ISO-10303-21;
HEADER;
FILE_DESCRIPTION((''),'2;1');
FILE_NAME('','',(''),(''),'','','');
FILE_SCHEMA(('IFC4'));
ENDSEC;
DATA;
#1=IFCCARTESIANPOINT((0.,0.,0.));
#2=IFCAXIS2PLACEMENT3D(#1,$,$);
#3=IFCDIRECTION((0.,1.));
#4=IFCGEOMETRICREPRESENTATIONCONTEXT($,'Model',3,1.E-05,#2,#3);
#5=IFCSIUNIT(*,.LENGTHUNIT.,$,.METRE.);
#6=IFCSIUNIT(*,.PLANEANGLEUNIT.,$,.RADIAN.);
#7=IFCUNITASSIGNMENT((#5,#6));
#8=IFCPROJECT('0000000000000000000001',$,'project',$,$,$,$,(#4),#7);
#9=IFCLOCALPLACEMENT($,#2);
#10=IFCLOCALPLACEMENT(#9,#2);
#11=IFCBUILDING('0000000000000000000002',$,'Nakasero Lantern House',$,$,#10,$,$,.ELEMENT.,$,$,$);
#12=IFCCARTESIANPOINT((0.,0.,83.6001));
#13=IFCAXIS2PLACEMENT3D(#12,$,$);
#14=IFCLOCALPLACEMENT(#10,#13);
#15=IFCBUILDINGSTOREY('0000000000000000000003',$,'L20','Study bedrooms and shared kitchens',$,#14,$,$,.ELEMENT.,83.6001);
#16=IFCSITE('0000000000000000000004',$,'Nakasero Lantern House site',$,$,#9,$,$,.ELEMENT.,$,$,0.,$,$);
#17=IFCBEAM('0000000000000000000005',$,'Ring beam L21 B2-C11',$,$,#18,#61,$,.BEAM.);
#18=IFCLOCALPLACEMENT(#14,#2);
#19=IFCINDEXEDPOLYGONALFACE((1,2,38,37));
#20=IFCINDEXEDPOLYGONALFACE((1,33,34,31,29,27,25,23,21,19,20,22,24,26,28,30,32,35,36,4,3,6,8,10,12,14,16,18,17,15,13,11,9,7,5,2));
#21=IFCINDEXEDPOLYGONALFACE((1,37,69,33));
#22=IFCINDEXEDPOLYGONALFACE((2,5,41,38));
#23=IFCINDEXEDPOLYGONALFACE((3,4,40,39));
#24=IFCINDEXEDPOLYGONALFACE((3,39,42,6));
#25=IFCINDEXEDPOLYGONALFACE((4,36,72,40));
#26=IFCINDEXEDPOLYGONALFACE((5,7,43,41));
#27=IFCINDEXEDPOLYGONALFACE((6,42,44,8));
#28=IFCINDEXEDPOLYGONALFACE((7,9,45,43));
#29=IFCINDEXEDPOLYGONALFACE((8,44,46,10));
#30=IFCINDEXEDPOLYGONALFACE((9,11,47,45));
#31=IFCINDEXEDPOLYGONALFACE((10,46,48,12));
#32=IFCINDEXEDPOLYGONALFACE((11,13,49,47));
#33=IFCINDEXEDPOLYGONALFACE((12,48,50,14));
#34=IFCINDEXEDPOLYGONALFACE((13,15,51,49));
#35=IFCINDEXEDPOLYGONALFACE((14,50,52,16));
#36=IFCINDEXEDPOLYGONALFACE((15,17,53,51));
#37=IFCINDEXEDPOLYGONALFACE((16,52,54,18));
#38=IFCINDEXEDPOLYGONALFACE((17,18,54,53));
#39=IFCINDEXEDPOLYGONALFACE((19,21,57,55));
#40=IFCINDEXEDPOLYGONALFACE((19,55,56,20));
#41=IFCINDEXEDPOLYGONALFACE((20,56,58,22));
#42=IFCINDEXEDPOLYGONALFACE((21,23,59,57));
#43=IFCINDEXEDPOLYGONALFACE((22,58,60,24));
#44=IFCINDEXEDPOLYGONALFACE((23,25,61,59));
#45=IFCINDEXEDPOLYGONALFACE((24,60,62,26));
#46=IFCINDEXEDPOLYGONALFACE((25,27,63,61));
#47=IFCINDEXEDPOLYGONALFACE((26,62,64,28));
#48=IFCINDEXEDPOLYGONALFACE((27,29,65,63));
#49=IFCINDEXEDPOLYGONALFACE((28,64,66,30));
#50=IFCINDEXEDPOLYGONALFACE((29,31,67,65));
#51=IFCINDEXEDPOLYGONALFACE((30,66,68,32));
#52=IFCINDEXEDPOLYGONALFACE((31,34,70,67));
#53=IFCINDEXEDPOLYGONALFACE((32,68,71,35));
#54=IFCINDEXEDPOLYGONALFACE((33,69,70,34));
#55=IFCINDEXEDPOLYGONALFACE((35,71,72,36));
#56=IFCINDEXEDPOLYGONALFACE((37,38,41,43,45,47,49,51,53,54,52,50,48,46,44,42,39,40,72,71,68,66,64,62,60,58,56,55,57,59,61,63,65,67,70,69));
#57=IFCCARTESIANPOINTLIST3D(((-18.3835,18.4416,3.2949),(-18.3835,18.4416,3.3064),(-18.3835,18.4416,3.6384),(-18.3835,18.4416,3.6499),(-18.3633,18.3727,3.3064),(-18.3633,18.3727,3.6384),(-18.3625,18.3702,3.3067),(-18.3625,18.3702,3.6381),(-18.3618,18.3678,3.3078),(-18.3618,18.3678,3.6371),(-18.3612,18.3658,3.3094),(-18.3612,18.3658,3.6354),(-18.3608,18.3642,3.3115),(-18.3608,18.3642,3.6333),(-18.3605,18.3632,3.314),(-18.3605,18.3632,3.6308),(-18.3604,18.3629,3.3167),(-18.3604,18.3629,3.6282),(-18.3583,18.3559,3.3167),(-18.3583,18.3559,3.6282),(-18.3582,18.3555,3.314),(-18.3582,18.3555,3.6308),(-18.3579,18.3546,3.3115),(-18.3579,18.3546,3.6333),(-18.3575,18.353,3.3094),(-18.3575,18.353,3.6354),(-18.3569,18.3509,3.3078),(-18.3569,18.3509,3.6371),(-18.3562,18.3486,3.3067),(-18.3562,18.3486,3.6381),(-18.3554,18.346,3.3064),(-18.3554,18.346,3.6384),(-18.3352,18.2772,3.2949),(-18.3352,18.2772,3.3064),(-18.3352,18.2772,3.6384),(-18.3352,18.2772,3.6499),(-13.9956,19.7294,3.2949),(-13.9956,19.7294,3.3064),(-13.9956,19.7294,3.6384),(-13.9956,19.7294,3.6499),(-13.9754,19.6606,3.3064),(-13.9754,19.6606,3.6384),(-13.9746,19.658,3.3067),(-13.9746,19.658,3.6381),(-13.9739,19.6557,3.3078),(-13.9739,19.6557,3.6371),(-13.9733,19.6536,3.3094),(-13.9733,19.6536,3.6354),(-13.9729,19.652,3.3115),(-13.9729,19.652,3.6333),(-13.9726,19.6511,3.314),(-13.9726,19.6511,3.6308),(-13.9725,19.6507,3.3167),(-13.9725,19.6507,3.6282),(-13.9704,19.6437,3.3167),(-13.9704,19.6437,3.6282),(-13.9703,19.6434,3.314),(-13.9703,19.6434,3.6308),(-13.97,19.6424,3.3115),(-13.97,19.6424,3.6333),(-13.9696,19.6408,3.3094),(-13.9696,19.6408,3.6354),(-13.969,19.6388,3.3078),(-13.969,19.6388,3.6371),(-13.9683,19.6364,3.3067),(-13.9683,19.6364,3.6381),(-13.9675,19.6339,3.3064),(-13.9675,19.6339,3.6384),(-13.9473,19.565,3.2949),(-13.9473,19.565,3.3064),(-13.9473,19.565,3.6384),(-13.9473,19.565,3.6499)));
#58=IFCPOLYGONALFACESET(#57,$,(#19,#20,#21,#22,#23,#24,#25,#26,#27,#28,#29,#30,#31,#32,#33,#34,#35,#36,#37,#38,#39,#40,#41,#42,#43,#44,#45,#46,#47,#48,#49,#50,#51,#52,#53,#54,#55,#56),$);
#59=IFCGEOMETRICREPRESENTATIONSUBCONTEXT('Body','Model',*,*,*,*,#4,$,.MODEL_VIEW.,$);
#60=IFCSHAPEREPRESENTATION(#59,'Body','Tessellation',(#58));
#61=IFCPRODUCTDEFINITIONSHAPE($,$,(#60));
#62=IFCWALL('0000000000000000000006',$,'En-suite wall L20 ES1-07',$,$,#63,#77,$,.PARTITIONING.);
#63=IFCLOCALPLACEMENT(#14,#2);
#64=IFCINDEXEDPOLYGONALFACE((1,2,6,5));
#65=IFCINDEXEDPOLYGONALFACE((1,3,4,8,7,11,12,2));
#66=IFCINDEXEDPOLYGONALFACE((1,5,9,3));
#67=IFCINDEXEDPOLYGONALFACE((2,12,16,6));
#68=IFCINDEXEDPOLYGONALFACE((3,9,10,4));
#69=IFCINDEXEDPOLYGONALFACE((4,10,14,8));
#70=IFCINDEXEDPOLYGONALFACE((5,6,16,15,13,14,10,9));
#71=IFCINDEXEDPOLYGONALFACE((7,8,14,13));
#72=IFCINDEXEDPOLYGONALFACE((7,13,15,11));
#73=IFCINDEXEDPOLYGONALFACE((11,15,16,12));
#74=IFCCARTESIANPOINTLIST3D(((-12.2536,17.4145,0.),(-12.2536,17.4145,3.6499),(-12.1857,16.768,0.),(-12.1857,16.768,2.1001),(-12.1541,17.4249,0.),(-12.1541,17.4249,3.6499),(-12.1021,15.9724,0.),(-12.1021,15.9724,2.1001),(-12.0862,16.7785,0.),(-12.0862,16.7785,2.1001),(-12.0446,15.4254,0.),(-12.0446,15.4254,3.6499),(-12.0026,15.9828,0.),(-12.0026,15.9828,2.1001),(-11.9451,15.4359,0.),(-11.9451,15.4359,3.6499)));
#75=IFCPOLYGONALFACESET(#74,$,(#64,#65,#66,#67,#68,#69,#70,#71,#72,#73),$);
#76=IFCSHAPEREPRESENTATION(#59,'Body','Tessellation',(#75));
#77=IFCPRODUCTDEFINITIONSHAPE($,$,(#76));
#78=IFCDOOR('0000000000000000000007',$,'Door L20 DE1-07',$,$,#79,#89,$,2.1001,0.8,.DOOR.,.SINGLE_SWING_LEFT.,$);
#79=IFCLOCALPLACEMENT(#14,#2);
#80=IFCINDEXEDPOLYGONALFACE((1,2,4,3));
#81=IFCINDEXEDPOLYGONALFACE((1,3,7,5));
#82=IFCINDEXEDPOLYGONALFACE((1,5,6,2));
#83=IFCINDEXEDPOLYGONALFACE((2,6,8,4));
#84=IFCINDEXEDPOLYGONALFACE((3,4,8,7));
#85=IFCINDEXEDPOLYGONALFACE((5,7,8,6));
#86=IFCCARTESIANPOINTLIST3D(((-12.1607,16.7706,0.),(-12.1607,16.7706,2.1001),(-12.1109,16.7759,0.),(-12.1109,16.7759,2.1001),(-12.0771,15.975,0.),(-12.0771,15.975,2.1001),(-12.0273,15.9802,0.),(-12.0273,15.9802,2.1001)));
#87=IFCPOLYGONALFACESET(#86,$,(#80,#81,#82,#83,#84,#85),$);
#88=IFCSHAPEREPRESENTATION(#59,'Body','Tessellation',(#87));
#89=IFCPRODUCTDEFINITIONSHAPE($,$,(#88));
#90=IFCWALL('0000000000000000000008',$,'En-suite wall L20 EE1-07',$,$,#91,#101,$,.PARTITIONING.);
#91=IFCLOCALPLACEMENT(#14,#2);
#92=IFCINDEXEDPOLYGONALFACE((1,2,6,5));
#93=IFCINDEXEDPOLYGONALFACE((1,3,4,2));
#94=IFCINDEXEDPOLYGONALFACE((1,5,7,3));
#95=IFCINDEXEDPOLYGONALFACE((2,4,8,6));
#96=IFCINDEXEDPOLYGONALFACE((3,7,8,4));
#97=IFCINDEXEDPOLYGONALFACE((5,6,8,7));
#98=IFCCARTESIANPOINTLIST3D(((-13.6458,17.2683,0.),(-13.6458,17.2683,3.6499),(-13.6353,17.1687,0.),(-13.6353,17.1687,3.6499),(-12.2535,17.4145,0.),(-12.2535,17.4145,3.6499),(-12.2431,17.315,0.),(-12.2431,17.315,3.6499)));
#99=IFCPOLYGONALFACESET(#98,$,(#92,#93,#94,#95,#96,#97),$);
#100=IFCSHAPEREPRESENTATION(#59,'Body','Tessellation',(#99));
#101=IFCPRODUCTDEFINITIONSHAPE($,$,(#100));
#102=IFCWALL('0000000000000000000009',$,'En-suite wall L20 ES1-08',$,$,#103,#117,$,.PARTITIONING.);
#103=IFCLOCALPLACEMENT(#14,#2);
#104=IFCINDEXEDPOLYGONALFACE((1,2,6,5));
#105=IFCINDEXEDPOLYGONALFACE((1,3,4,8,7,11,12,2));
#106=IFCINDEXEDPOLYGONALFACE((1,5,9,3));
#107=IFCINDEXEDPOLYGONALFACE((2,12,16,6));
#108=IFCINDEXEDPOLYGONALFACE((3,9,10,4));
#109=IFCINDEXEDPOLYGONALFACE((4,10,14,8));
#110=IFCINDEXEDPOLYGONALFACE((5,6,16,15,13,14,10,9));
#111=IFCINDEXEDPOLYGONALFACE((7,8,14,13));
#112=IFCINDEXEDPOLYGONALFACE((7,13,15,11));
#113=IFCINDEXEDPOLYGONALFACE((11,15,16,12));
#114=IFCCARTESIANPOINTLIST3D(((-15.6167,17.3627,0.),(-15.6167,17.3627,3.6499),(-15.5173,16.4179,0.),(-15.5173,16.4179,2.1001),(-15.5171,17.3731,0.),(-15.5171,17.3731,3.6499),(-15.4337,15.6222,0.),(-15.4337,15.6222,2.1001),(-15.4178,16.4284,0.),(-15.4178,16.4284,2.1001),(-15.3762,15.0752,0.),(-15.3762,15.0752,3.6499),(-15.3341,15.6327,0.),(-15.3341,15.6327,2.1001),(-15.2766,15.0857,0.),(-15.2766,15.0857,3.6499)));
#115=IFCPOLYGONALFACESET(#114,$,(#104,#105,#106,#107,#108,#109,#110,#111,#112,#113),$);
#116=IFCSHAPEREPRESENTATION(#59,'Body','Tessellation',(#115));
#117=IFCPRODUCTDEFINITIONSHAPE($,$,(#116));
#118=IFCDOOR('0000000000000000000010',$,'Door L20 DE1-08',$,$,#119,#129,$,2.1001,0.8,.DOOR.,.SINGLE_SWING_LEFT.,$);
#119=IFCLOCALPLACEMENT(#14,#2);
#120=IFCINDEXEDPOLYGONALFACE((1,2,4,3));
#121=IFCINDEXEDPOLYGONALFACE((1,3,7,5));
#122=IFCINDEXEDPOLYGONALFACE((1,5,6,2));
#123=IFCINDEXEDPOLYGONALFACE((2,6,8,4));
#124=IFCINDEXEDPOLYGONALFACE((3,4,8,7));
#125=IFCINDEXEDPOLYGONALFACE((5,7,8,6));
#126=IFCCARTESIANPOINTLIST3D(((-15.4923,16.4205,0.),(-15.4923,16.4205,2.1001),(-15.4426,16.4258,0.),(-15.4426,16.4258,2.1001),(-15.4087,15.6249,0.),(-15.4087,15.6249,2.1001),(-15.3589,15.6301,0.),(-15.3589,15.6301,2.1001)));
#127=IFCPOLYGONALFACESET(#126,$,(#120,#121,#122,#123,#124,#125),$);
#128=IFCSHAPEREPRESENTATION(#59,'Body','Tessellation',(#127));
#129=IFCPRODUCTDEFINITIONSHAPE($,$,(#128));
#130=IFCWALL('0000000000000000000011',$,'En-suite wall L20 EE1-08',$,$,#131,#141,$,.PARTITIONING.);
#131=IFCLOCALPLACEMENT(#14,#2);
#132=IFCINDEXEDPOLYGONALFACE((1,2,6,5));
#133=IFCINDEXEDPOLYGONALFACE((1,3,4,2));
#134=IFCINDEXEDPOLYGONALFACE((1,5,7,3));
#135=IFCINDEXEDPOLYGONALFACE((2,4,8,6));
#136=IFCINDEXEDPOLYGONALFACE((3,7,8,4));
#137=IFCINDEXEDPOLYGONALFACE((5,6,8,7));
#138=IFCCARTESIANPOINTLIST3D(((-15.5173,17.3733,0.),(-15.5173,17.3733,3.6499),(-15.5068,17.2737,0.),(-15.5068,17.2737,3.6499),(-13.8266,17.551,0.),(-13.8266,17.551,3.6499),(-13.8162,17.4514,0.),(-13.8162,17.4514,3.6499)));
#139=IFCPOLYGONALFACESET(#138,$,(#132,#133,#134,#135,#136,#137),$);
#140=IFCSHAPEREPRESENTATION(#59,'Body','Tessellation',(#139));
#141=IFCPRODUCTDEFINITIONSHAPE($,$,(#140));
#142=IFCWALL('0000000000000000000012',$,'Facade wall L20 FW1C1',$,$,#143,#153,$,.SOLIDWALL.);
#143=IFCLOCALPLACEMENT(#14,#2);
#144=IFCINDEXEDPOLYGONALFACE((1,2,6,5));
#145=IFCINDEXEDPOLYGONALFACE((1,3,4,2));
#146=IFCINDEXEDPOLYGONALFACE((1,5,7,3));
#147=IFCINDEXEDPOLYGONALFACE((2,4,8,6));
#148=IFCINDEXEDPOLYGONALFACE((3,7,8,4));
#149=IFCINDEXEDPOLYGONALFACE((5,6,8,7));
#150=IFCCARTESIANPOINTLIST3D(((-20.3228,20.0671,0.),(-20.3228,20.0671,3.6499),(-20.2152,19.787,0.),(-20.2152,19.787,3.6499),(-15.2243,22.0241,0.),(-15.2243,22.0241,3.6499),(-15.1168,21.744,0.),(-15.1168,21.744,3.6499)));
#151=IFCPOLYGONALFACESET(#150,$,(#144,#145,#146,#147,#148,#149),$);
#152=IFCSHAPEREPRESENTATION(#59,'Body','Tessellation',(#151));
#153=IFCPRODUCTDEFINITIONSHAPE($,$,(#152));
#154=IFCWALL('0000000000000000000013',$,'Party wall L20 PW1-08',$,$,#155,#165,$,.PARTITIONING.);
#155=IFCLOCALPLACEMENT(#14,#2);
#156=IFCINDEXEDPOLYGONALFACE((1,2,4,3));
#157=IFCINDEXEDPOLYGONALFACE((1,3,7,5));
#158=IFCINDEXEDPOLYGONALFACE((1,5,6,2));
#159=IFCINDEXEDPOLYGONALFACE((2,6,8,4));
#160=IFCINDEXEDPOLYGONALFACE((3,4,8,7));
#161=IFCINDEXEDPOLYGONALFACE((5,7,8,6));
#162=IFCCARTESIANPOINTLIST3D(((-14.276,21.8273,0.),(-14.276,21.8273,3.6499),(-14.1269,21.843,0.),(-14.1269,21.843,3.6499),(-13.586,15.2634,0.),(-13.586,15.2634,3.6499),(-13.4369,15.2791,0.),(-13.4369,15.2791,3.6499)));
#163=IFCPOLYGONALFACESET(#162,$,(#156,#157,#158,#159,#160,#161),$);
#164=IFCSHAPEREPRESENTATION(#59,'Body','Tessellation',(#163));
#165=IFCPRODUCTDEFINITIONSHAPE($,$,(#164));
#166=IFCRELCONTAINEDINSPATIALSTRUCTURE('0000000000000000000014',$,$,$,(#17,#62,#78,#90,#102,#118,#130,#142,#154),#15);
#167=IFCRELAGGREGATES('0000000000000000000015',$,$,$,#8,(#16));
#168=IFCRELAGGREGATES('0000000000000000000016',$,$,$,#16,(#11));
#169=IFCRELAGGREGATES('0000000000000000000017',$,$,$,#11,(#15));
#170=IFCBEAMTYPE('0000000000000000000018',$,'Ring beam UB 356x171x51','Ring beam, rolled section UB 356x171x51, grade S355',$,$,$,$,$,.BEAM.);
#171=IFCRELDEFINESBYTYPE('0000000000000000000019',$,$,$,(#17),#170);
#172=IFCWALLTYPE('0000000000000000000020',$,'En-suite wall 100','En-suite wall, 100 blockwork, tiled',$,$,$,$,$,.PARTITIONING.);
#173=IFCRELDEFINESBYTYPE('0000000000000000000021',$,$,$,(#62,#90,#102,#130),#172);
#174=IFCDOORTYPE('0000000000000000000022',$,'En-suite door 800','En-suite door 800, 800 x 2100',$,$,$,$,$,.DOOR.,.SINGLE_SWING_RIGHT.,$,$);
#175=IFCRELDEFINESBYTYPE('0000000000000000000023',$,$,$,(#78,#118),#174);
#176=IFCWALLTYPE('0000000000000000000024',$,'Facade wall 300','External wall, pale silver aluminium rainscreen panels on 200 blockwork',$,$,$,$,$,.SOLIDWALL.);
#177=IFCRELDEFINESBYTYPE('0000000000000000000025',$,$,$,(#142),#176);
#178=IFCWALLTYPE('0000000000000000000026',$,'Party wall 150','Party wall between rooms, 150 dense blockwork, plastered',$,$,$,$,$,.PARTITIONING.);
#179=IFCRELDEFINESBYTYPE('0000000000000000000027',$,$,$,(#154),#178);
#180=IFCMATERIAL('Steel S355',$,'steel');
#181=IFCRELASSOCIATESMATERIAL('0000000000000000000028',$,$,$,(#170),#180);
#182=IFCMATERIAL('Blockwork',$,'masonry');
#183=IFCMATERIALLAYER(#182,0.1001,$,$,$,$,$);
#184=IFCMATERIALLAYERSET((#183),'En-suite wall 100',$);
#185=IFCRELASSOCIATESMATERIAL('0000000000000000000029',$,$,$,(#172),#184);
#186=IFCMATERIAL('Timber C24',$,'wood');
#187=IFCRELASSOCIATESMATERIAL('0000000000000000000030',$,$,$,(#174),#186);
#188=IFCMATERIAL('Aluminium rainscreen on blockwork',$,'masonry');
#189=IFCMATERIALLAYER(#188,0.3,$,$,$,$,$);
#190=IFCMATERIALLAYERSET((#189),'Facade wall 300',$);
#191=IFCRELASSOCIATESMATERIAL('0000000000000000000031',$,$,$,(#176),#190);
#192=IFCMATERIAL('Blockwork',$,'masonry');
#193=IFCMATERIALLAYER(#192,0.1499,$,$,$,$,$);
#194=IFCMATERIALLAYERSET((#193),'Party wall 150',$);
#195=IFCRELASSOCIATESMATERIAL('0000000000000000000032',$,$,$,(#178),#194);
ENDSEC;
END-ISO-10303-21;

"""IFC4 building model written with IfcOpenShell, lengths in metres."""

from ifc_helpers import new_model, si_unit, direction, frame, frame_2d, origin, origin_2d, place, context, subcontext, project, spatial, rectangle, i_section, extrude, material, layer, layer_set, material_profile, profile_set, type_object, element, fill, save


model = new_model("IFC4")

# Units and contexts
model_context = context("Model", 3, precision=1e-05, world=origin(), true_north=direction((0.0, 1.0)))
body_context = subcontext(model_context, "Body", "Model", "MODEL_VIEW")
ifc_project = project(units=[si_unit("LENGTHUNIT", "METRE"), si_unit("PLANEANGLEUNIT", "RADIAN")], contexts=[model_context])

# Site, building, storey
site_placement = place(None, origin())
site = spatial("IfcSite", under=ifc_project, at=site_placement, Name="Nakasero Lantern House site", CompositionType="ELEMENT", RefElevation=0.0)
building_placement = place(site_placement, origin())
building = spatial("IfcBuilding", under=site, at=building_placement, Name="Nakasero Lantern House", CompositionType="ELEMENT")
storey_placement = place(building_placement, frame((0.0, 0.0, 83.6001)))
storey = spatial("IfcBuildingStorey", under=building, at=storey_placement, Name="L20", Description="Study bedrooms and shared kitchens", CompositionType="ELEMENT", Elevation=83.6001)

# Beam
ifc_material_1 = material(Name="Steel S355", Category="steel")
ifc_material_profile_1 = material_profile(ifc_material_1, i_section(OverallWidth=0.1714, OverallDepth=0.355, WebThickness=0.0073, FlangeThickness=0.0115, FilletRadius=0.0103, at=origin_2d()), Name="UB 356x171x51")
ifc_profile_set_1 = profile_set([ifc_material_profile_1], Name="Steel S355")
beam_type_1 = type_object("IfcBeamType", Name="Ring beam UB 356x171x51", Description="Ring beam, rolled section UB 356x171x51, grade S355", PredefinedType="BEAM", material=ifc_profile_set_1)
beam_1_placement = place(storey_placement, frame((-13.9714, 19.6472, 3.4724), z_axis=(-0.959527, -0.281617, 0.0), x_axis=(0.281617, -0.959527, 0.0)))
element("IfcBeam", 1, at=beam_1_placement, inside=storey, type_object=beam_type_1, Name="Ring beam L21 B2-C11", PredefinedType="BEAM", context=body_context, shape_type="SweptSolid", body=[
    extrude(i_section(OverallWidth=0.1714, OverallDepth=0.355, WebThickness=0.0073, FlangeThickness=0.0115, FilletRadius=0.0103, at=origin_2d()), origin(), (0.0, 0.0, 1.0), 4.573),
])

# Wall, opening, door
ifc_material_2 = material(Name="Blockwork", Category="masonry")
ifc_layer_1 = layer(ifc_material_2, 0.1001)
ifc_layer_set_1 = layer_set([ifc_layer_1], Name="En-suite wall 100")
wall_type_1 = type_object("IfcWallType", Name="En-suite wall 100", Description="En-suite wall, 100 blockwork, tiled", PredefinedType="PARTITIONING", material=ifc_layer_set_1)
wall_1_placement = place(storey_placement, frame((-11.9949, 15.4307, 0.0), z_axis=(0.0, 0.0, 1.0), x_axis=(-0.104494, 0.994526, 0.0)))
wall_1 = element("IfcWall", 2, at=wall_1_placement, inside=storey, type_object=wall_type_1, Name="En-suite wall L20 ES1-07", PredefinedType="PARTITIONING", context=body_context, shape_type="SweptSolid", body=[
    extrude(rectangle(XDim=2.0, YDim=0.1001, at=frame_2d((1.0, 0.0))), origin(), (0.0, 0.0, 1.0), 3.6499),
])
opening_1_placement = place(wall_1_placement, frame((0.55, 0.0, 0.0)))
opening_1 = element("IfcOpeningElement", 3, at=opening_1_placement, cuts=wall_1, PredefinedType="OPENING", context=body_context, shape_type="SweptSolid", body=[
    extrude(rectangle(XDim=0.8, YDim=2.1001, at=frame_2d((0.3999, 1.05))), frame((0.0, 0.0701, 0.0), z_axis=(0.0, -1.0, 0.0), x_axis=(1.0, 0.0, 0.0)), (0.0, 0.0, 1.0), 0.1401),
])
ifc_material_3 = material(Name="Timber C24", Category="wood")
door_type_1 = type_object("IfcDoorType", Name="En-suite door 800", Description="En-suite door 800, 800 x 2100", OperationType="SINGLE_SWING_RIGHT", PredefinedType="DOOR", material=ifc_material_3)
door_1_placement = place(opening_1_placement, origin())
door_1 = element("IfcDoor", 4, at=door_1_placement, inside=storey, type_object=door_type_1, Name="Door L20 DE1-07", OperationType="SINGLE_SWING_LEFT", OverallHeight=2.1001, OverallWidth=0.8, PredefinedType="DOOR", context=body_context, shape_type="SweptSolid", body=[
    extrude(rectangle(XDim=0.8, YDim=2.1001, at=frame_2d((0.3999, 1.05))), frame((0.0, 0.0249, 0.0), z_axis=(0.0, -1.0, 0.0), x_axis=(1.0, 0.0, 0.0)), (0.0, 0.0, 1.0), 0.05),
])
fill(opening_1, door_1)

# Wall
wall_2_placement = place(storey_placement, frame((-12.2483, 17.3647, 0.0), z_axis=(0.0, 0.0, 1.0), x_axis=(-0.994529, -0.104458, 0.0)))
element("IfcWall", 5, at=wall_2_placement, inside=storey, type_object=wall_type_1, Name="En-suite wall L20 EE1-07", PredefinedType="PARTITIONING", context=body_context, shape_type="SweptSolid", body=[
    extrude(rectangle(XDim=1.3999, YDim=0.1001, at=frame_2d((0.7, 0.0))), origin(), (0.0, 0.0, 1.0), 3.6499),
])

# Wall, opening, door
wall_3_placement = place(storey_placement, frame((-15.3264, 15.0806, 0.0), z_axis=(0.0, 0.0, 1.0), x_axis=(-0.104558, 0.994519, 0.0)))
wall_3 = element("IfcWall", 6, at=wall_3_placement, inside=storey, type_object=wall_type_1, Name="En-suite wall L20 ES1-08", PredefinedType="PARTITIONING", context=body_context, shape_type="SweptSolid", body=[
    extrude(rectangle(XDim=2.3, YDim=0.1001, at=frame_2d((1.1499, 0.0))), origin(), (0.0, 0.0, 1.0), 3.6499),
])
opening_2_placement = place(wall_3_placement, frame((0.55, 0.0, 0.0)))
opening_2 = element("IfcOpeningElement", 7, at=opening_2_placement, cuts=wall_3, PredefinedType="OPENING", context=body_context, shape_type="SweptSolid", body=[
    extrude(rectangle(XDim=0.8, YDim=2.1001, at=frame_2d((0.3999, 1.05))), frame((0.0, 0.0701, 0.0), z_axis=(0.0, -1.0, 0.0), x_axis=(1.0, 0.0, 0.0)), (0.0, 0.0, 1.0), 0.1401),
])
door_2_placement = place(opening_2_placement, origin())
door_2 = element("IfcDoor", 8, at=door_2_placement, inside=storey, type_object=door_type_1, Name="Door L20 DE1-08", OperationType="SINGLE_SWING_LEFT", OverallHeight=2.1001, OverallWidth=0.8, PredefinedType="DOOR", context=body_context, shape_type="SweptSolid", body=[
    extrude(rectangle(XDim=0.8, YDim=2.1001, at=frame_2d((0.3999, 1.05))), frame((0.0, 0.0249, 0.0), z_axis=(0.0, -1.0, 0.0), x_axis=(1.0, 0.0, 0.0)), (0.0, 0.0, 1.0), 0.05),
])
fill(opening_2, door_2)

# Walls
wall_4_placement = place(storey_placement, frame((-13.8213, 17.5012, 0.0), z_axis=(0.0, 0.0, 1.0), x_axis=(-0.99452, -0.10455, 0.0)))
element("IfcWall", 9, at=wall_4_placement, inside=storey, type_object=wall_type_1, Name="En-suite wall L20 EE1-08", PredefinedType="PARTITIONING", context=body_context, shape_type="SweptSolid", body=[
    extrude(rectangle(XDim=1.7, YDim=0.1001, at=frame_2d((0.8501, 0.0))), origin(), (0.0, 0.0, 1.0), 3.6499),
])
ifc_material_4 = material(Name="Aluminium rainscreen on blockwork", Category="masonry")
ifc_layer_2 = layer(ifc_material_4, 0.3)
ifc_layer_set_2 = layer_set([ifc_layer_2], Name="Facade wall 300")
wall_type_2 = type_object("IfcWallType", Name="Facade wall 300", Description="External wall, pale silver aluminium rainscreen panels on 200 blockwork", PredefinedType="SOLIDWALL", material=ifc_layer_set_2)
wall_5_placement = place(storey_placement, frame((-15.1707, 21.884, 0.0), z_axis=(0.0, 0.0, 1.0), x_axis=(-0.933584, -0.358359, 0.0)))
element("IfcWall", 10, at=wall_5_placement, inside=storey, type_object=wall_type_2, Name="Facade wall L20 FW1C1", PredefinedType="SOLIDWALL", context=body_context, shape_type="SweptSolid", body=[
    extrude(rectangle(XDim=5.4612, YDim=0.3, at=frame_2d((2.7305, 0.0))), origin(), (0.0, 0.0, 1.0), 3.6499),
])
ifc_material_5 = material(Name="Blockwork", Category="masonry")
ifc_layer_3 = layer(ifc_material_5, 0.1499)
ifc_layer_set_3 = layer_set([ifc_layer_3], Name="Party wall 150")
wall_type_3 = type_object("IfcWallType", Name="Party wall 150", Description="Party wall between rooms, 150 dense blockwork, plastered", PredefinedType="PARTITIONING", material=ifc_layer_set_3)
wall_6_placement = place(storey_placement, frame((-13.5115, 15.2712, 0.0), z_axis=(0.0, 0.0, 1.0), x_axis=(-0.104535, 0.994521, 0.0)))
element("IfcWall", 11, at=wall_6_placement, inside=storey, type_object=wall_type_3, Name="Party wall L20 PW1-08", PredefinedType="PARTITIONING", context=body_context, shape_type="SweptSolid", body=[
    extrude(rectangle(XDim=6.6001, YDim=0.1499, at=frame_2d((3.3, 0.0))), origin(), (0.0, 0.0, 1.0), 3.6499),
])

save(model, "model.ifc")
